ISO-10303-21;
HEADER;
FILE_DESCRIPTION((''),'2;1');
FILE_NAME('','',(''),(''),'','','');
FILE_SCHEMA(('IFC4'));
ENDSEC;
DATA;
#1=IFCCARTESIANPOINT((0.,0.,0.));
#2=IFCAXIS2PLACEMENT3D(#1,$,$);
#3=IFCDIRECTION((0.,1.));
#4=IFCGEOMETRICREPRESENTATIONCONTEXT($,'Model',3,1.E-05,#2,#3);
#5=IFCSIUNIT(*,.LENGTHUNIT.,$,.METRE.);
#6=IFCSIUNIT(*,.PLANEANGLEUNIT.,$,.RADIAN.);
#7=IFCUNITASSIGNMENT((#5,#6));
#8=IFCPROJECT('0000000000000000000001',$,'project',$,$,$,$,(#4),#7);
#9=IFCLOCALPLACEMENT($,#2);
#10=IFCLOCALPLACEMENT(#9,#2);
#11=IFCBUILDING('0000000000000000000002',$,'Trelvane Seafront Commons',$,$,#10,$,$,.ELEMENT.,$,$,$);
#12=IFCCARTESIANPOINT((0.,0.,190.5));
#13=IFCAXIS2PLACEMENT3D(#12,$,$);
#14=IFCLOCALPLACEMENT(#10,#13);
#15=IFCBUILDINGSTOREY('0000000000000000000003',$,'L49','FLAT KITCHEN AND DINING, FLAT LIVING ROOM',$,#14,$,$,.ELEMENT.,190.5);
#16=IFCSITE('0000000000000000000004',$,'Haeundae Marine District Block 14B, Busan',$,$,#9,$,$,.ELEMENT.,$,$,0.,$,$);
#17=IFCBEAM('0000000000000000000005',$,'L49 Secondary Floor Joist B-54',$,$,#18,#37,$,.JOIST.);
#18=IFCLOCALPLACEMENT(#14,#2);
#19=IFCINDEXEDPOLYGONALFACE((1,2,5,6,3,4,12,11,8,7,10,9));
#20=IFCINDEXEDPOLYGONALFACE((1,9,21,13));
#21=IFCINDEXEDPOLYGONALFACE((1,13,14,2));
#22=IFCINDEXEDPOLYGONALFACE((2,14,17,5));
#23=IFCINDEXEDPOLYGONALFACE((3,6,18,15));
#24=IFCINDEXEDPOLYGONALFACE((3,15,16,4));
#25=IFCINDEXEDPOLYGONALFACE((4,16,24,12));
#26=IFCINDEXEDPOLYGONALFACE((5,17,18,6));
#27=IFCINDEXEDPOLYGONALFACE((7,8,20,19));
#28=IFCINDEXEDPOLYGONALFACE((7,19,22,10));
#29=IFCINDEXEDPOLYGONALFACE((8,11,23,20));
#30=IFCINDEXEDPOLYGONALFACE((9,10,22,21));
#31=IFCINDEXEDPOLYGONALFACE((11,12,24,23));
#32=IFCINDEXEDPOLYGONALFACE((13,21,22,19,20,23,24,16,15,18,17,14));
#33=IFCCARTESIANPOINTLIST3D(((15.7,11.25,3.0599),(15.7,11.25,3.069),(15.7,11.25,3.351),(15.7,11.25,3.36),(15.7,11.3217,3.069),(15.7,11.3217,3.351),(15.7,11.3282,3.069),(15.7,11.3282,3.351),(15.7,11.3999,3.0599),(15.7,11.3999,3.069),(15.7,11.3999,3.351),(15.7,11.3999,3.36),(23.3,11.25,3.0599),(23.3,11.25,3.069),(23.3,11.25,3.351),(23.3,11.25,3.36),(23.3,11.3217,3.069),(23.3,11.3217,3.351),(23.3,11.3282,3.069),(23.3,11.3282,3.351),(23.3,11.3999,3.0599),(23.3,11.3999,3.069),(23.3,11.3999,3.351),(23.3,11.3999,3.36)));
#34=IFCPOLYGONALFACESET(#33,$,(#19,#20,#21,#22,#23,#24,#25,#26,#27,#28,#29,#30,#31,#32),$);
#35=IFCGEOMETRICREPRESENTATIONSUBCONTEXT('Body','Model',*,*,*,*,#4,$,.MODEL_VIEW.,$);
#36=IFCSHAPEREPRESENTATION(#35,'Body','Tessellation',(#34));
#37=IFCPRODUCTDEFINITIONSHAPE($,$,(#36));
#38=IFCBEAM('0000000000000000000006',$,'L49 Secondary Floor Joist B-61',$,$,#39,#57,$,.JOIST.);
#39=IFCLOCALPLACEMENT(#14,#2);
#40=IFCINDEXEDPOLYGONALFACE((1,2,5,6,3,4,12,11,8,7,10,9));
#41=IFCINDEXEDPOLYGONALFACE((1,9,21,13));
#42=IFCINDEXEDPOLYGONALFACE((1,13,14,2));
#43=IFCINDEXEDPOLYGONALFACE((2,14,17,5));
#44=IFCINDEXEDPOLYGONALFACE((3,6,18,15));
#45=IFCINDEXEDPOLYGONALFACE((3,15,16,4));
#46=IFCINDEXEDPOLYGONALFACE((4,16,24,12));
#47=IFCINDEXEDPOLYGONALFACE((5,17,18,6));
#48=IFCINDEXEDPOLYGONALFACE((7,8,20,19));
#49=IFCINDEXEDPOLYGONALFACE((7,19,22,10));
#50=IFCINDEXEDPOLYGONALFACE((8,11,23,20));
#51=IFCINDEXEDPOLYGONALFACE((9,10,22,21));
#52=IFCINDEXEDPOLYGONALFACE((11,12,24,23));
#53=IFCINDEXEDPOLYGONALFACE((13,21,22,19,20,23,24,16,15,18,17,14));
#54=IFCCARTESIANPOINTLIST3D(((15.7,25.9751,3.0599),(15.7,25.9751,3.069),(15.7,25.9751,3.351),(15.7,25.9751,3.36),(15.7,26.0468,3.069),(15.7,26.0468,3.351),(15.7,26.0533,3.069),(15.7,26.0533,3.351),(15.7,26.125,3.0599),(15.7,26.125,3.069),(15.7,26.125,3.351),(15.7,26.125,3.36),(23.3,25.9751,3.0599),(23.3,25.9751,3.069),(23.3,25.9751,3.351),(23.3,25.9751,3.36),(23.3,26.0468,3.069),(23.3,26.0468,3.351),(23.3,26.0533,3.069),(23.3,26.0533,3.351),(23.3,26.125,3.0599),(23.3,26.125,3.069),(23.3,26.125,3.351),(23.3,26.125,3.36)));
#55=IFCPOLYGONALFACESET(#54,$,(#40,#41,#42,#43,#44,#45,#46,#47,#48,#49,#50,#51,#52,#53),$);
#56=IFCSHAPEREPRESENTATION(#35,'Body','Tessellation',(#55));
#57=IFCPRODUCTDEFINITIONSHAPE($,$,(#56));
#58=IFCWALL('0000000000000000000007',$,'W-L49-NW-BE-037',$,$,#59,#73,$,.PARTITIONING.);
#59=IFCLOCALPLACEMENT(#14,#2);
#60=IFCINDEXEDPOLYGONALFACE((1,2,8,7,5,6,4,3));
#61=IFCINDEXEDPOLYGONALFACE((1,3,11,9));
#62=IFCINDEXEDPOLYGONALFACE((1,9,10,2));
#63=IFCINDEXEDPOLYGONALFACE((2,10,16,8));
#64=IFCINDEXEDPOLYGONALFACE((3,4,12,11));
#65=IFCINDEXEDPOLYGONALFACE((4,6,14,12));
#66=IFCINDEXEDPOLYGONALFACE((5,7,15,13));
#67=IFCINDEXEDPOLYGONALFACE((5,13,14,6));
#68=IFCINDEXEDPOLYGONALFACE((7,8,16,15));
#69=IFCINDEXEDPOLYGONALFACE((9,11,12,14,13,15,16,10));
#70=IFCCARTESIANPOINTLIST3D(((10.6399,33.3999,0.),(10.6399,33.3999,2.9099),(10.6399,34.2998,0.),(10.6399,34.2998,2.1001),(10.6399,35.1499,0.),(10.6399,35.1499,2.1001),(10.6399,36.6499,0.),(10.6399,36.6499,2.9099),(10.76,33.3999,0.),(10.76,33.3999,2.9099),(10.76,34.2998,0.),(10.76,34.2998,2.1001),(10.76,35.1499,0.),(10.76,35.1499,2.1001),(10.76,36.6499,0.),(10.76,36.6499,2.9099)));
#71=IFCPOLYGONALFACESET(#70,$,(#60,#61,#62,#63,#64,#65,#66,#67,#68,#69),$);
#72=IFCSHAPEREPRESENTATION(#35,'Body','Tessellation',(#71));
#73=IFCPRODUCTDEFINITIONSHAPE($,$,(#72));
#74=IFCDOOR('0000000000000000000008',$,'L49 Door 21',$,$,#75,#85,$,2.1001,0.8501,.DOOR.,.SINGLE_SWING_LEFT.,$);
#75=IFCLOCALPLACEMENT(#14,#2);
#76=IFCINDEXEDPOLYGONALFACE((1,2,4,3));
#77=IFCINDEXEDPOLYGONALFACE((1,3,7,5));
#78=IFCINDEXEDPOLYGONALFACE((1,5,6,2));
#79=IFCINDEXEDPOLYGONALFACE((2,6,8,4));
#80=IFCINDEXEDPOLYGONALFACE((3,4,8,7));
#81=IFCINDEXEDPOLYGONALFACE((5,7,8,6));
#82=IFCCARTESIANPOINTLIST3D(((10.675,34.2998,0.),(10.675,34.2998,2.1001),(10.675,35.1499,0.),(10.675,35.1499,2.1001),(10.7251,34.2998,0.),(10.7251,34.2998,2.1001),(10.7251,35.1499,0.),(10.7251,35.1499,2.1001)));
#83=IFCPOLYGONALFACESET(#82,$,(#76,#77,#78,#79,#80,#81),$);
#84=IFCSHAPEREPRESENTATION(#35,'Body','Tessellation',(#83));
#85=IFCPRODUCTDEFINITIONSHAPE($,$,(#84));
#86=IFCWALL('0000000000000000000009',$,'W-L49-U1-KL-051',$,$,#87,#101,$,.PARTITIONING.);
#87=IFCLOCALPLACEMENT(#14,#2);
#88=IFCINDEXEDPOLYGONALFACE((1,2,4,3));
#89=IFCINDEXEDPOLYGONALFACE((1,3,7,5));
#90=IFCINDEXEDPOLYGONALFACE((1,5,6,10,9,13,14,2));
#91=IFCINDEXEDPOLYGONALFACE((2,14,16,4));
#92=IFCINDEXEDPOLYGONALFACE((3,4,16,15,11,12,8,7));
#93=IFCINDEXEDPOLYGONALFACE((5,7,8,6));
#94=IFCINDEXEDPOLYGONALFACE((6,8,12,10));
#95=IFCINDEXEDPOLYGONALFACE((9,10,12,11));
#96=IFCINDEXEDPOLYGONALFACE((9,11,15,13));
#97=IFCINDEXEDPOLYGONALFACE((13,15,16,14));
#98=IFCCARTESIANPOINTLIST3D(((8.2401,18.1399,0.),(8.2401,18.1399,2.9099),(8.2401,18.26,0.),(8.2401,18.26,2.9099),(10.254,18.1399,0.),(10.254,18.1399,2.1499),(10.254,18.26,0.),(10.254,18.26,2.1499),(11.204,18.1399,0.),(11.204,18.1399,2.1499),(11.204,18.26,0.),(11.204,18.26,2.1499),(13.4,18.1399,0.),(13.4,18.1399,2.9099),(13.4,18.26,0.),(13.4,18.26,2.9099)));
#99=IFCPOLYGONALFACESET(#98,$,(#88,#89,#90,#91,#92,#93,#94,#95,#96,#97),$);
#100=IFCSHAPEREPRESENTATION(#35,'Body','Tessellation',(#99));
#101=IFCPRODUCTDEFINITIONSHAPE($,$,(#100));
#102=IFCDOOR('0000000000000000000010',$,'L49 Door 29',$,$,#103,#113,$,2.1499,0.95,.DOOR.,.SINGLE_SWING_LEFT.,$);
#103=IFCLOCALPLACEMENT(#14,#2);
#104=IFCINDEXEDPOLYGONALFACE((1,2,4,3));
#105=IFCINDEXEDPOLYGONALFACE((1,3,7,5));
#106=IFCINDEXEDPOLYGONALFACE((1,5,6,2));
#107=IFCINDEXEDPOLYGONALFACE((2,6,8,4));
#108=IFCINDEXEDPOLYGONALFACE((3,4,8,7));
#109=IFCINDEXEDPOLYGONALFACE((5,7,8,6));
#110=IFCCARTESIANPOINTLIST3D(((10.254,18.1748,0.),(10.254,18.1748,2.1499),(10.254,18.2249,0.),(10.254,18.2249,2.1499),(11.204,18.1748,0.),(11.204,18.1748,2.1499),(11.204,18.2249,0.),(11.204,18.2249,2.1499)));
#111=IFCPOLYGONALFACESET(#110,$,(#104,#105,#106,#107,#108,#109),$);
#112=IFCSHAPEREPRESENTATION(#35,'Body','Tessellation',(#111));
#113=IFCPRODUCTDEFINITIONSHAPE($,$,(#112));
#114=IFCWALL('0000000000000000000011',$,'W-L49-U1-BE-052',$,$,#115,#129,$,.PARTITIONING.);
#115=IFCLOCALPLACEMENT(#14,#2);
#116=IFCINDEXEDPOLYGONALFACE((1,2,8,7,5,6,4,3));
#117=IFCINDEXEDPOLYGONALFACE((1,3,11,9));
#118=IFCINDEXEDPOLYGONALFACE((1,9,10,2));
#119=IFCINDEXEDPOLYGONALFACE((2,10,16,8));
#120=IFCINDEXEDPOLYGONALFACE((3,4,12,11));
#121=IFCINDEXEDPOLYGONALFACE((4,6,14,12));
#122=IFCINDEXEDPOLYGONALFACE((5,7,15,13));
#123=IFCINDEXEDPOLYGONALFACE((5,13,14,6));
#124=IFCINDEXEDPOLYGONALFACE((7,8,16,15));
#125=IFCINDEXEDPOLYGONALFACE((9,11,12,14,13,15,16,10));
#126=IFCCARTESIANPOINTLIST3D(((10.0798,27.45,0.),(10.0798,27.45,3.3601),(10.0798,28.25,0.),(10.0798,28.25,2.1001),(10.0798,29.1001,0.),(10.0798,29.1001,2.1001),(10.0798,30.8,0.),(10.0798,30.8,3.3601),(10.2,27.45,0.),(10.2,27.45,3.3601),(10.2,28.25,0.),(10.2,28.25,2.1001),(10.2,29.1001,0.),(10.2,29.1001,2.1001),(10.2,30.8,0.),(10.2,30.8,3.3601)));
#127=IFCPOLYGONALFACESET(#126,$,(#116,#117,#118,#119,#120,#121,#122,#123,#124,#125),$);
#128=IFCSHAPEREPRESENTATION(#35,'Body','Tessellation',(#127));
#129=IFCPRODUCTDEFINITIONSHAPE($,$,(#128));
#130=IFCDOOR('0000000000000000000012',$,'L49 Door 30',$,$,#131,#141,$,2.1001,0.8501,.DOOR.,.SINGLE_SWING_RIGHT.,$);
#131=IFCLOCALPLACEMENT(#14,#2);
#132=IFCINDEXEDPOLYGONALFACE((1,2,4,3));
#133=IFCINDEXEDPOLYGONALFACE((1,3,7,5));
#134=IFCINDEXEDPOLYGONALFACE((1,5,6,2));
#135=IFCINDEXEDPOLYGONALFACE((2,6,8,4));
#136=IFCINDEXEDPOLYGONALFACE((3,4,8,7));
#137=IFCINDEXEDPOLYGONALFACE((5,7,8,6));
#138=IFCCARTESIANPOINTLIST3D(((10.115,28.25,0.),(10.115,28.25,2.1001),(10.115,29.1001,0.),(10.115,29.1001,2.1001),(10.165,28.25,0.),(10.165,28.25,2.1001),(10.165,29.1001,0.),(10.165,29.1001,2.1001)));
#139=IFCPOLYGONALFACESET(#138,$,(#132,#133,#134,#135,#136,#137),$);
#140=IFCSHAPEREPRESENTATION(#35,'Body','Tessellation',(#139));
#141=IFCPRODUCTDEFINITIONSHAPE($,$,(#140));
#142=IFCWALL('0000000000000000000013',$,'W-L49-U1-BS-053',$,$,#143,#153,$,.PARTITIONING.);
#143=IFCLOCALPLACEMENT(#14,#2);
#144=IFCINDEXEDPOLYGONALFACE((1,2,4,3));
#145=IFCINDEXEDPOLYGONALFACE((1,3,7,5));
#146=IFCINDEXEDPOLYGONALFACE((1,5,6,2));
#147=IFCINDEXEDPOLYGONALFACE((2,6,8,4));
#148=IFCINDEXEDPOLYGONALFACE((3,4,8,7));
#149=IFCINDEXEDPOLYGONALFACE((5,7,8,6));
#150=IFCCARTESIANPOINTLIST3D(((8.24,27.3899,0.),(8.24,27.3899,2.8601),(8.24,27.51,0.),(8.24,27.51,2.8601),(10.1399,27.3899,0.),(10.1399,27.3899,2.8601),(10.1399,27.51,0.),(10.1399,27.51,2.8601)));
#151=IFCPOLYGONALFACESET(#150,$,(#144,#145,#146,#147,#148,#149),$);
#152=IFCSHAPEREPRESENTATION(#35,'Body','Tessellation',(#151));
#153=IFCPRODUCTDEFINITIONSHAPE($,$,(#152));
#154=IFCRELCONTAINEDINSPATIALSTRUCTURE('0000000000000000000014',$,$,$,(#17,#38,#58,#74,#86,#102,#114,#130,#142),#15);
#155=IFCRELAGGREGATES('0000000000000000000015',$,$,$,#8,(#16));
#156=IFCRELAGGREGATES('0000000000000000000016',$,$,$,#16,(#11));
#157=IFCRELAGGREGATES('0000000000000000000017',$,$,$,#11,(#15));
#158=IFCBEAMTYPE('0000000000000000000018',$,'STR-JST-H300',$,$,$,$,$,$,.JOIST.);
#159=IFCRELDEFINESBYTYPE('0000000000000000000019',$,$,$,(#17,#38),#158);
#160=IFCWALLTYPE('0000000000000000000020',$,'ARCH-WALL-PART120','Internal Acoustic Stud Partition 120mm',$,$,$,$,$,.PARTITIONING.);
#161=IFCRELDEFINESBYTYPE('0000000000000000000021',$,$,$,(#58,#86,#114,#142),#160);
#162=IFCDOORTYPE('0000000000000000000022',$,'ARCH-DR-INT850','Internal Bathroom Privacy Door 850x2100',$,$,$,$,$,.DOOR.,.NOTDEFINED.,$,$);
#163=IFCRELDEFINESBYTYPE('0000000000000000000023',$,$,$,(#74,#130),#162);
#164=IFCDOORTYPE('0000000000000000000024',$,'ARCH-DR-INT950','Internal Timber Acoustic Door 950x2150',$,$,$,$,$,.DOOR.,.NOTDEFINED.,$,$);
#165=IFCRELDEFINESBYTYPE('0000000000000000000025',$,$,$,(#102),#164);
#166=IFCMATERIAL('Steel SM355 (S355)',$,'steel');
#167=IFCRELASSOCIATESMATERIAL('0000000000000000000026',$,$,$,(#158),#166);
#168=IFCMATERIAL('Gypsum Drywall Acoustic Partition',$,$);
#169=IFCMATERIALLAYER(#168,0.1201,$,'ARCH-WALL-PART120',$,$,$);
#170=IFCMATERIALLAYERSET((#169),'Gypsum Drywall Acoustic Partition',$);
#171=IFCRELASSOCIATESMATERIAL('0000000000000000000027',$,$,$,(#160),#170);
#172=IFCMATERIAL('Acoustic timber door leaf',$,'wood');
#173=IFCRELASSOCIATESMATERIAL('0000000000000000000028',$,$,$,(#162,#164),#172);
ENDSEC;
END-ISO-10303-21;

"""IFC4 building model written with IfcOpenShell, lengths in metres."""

from ifc_helpers import new_model, si_unit, direction, frame, frame_2d, origin, origin_2d, place, context, subcontext, project, spatial, rectangle, i_section, extrude, source, transform, mapped, material, layer, layer_set, material_profile, profile_set, type_object, element, fill, save


model = new_model("IFC4")

# Units and contexts
model_context = context("Model", 3, precision=1e-05, world=origin(), true_north=direction((0.0, 1.0)))
body_context = subcontext(model_context, "Body", "Model", "MODEL_VIEW")
ifc_project = project(units=[si_unit("LENGTHUNIT", "METRE"), si_unit("PLANEANGLEUNIT", "RADIAN")], contexts=[model_context])

# Site, building, storey
site_placement = place(None, origin())
site = spatial("IfcSite", under=ifc_project, at=site_placement, Name="Haeundae Marine District Block 14B, Busan", CompositionType="ELEMENT", RefElevation=0.0)
building_placement = place(site_placement, origin())
building = spatial("IfcBuilding", under=site, at=building_placement, Name="Trelvane Seafront Commons", CompositionType="ELEMENT")
storey_placement = place(building_placement, frame((0.0, 0.0, 190.5)))
storey = spatial("IfcBuildingStorey", under=building, at=storey_placement, Name="L49", Description="FLAT KITCHEN AND DINING, FLAT LIVING ROOM", CompositionType="ELEMENT", Elevation=190.5)

# Shared definitions
ifc_material_1 = material(Name="Steel SM355 (S355)", Category="steel")

# Beams
ifc_material_profile_1 = material_profile(ifc_material_1, i_section(OverallWidth=0.1499, OverallDepth=0.3, WebThickness=0.0066, FlangeThickness=0.009, at=origin_2d()), Name="H-300x150x6.5x9")
ifc_profile_set_1 = profile_set([ifc_material_profile_1], Name="Steel SM355 (S355)")
beam_type_1 = type_object("IfcBeamType", Name="STR-JST-H300", PredefinedType="JOIST", material=ifc_profile_set_1)
shared_shape_1 = source(origin(), body_context, "Body", "SweptSolid", [
    extrude(i_section(OverallWidth=0.1499, OverallDepth=0.3, WebThickness=0.0066, FlangeThickness=0.009, at=origin_2d()), origin(), (0.0, 0.0, 1.0), 7.6001),
])
for number, where, z_axis, x_axis, name in (
    (1, (15.7, 11.325, 3.21), (1.0, 0.0, 0.0), (0.0, 1.0, 0.0), "L49 Secondary Floor Joist B-54"),
    (2, (15.7, 26.05, 3.21), (1.0, 0.0, 0.0), (0.0, 1.0, 0.0), "L49 Secondary Floor Joist B-61"),
):
    element("IfcBeam", number, at=place(storey_placement, frame(where, z_axis=z_axis, x_axis=x_axis)), inside=storey, type_object=beam_type_1, Name=name, PredefinedType="JOIST", context=body_context, shape_type="MappedRepresentation", body=[
        mapped(shared_shape_1, transform((0.0, 0.0, 0.0), x_axis=(1.0, 0.0, 0.0), y_axis=(0.0, 1.0, 0.0), z_axis=(0.0, 0.0, 1.0), scale=1.0)),
    ])

# Walls, openings, doors
ifc_material_2 = material(Name="Gypsum Drywall Acoustic Partition")
ifc_layer_1 = layer(ifc_material_2, 0.1201, Name="ARCH-WALL-PART120")
ifc_layer_set_1 = layer_set([ifc_layer_1], Name="Gypsum Drywall Acoustic Partition")
wall_type_1 = type_object("IfcWallType", Name="ARCH-WALL-PART120", Description="Internal Acoustic Stud Partition 120mm", PredefinedType="PARTITIONING", material=ifc_layer_set_1)
wall_1_placement = place(storey_placement, frame((10.7, 33.3999, 0.0), z_axis=(0.0, 0.0, 1.0), x_axis=(0.0, 1.0, 0.0)))
wall_1 = element("IfcWall", 3, at=wall_1_placement, inside=storey, type_object=wall_type_1, Name="W-L49-NW-BE-037", PredefinedType="PARTITIONING", context=body_context, shape_type="SweptSolid", body=[
    extrude(rectangle(XDim=3.25, YDim=0.1201, at=frame_2d((1.625, 0.0))), origin(), (0.0, 0.0, 1.0), 2.9099),
])
opening_1_placement = place(wall_1_placement, frame((0.8999, 0.0, 0.0)))
opening_1 = element("IfcOpeningElement", 4, at=opening_1_placement, cuts=wall_1, PredefinedType="OPENING", context=body_context, shape_type="SweptSolid", body=[
    extrude(rectangle(XDim=0.8501, YDim=2.1001, at=frame_2d((0.425, 1.05))), frame((0.0, 0.0701, 0.0), z_axis=(0.0, -1.0, 0.0), x_axis=(1.0, 0.0, 0.0)), (0.0, 0.0, 1.0), 0.1401),
])
ifc_material_3 = material(Name="Acoustic timber door leaf", Category="wood")
door_type_1 = type_object("IfcDoorType", Name="ARCH-DR-INT850", Description="Internal Bathroom Privacy Door 850x2100", OperationType="NOTDEFINED", PredefinedType="DOOR", material=ifc_material_3)
shared_shape_2 = source(origin(), body_context, "Body", "SweptSolid", [
    extrude(rectangle(XDim=0.8501, YDim=2.1001, at=frame_2d((0.425, 1.05))), frame((0.0, 0.0249, 0.0), z_axis=(0.0, -1.0, 0.0), x_axis=(1.0, 0.0, 0.0)), (0.0, 0.0, 1.0), 0.05),
])
door_1_placement = place(opening_1_placement, origin())
door_1 = element("IfcDoor", 5, at=door_1_placement, inside=storey, type_object=door_type_1, Name="L49 Door 21", OperationType="SINGLE_SWING_LEFT", OverallHeight=2.1001, OverallWidth=0.8501, PredefinedType="DOOR", context=body_context, shape_type="MappedRepresentation", body=[
    mapped(shared_shape_2, transform((0.0, 0.0, 0.0), x_axis=(1.0, 0.0, 0.0), y_axis=(0.0, 1.0, 0.0), z_axis=(0.0, 0.0, 1.0), scale=1.0)),
])
fill(opening_1, door_1)
wall_2_placement = place(storey_placement, frame((8.24, 18.2, 0.0), z_axis=(0.0, 0.0, 1.0), x_axis=(1.0, 0.0, 0.0)))
wall_2 = element("IfcWall", 6, at=wall_2_placement, inside=storey, type_object=wall_type_1, Name="W-L49-U1-KL-051", PredefinedType="PARTITIONING", context=body_context, shape_type="SweptSolid", body=[
    extrude(rectangle(XDim=5.1599, YDim=0.1201, at=frame_2d((2.5801, 0.0))), origin(), (0.0, 0.0, 1.0), 2.9099),
])
opening_2_placement = place(wall_2_placement, frame((2.0139, 0.0, 0.0)))
opening_2 = element("IfcOpeningElement", 7, at=opening_2_placement, cuts=wall_2, PredefinedType="OPENING", context=body_context, shape_type="SweptSolid", body=[
    extrude(rectangle(XDim=0.95, YDim=2.1499, at=frame_2d((0.4751, 1.075))), frame((0.0, 0.0701, 0.0), z_axis=(0.0, -1.0, 0.0), x_axis=(1.0, 0.0, 0.0)), (0.0, 0.0, 1.0), 0.1401),
])
door_type_2 = type_object("IfcDoorType", Name="ARCH-DR-INT950", Description="Internal Timber Acoustic Door 950x2150", OperationType="NOTDEFINED", PredefinedType="DOOR", material=ifc_material_3)
shared_shape_3 = source(origin(), body_context, "Body", "SweptSolid", [
    extrude(rectangle(XDim=0.95, YDim=2.1499, at=frame_2d((0.4751, 1.075))), frame((0.0, 0.0249, 0.0), z_axis=(0.0, -1.0, 0.0), x_axis=(1.0, 0.0, 0.0)), (0.0, 0.0, 1.0), 0.05),
])
door_2_placement = place(opening_2_placement, origin())
door_2 = element("IfcDoor", 8, at=door_2_placement, inside=storey, type_object=door_type_2, Name="L49 Door 29", OperationType="SINGLE_SWING_LEFT", OverallHeight=2.1499, OverallWidth=0.95, PredefinedType="DOOR", context=body_context, shape_type="MappedRepresentation", body=[
    mapped(shared_shape_3, transform((0.0, 0.0, 0.0), x_axis=(1.0, 0.0, 0.0), y_axis=(0.0, 1.0, 0.0), z_axis=(0.0, 0.0, 1.0), scale=1.0)),
])
fill(opening_2, door_2)
wall_3_placement = place(storey_placement, frame((10.1399, 27.45, 0.0), z_axis=(0.0, 0.0, 1.0), x_axis=(0.0, 1.0, 0.0)))
wall_3 = element("IfcWall", 9, at=wall_3_placement, inside=storey, type_object=wall_type_1, Name="W-L49-U1-BE-052", PredefinedType="PARTITIONING", context=body_context, shape_type="SweptSolid", body=[
    extrude(rectangle(XDim=3.3501, YDim=0.1201, at=frame_2d((1.675, 0.0))), origin(), (0.0, 0.0, 1.0), 3.3601),
])
opening_3_placement = place(wall_3_placement, frame((0.8, 0.0, 0.0)))
opening_3 = element("IfcOpeningElement", 10, at=opening_3_placement, cuts=wall_3, PredefinedType="OPENING", context=body_context, shape_type="SweptSolid", body=[
    extrude(rectangle(XDim=0.8501, YDim=2.1001, at=frame_2d((0.425, 1.05))), frame((0.0, 0.0701, 0.0), z_axis=(0.0, -1.0, 0.0), x_axis=(1.0, 0.0, 0.0)), (0.0, 0.0, 1.0), 0.1401),
])
door_3_placement = place(opening_3_placement, origin())
door_3 = element("IfcDoor", 11, at=door_3_placement, inside=storey, type_object=door_type_1, Name="L49 Door 30", OperationType="SINGLE_SWING_RIGHT", OverallHeight=2.1001, OverallWidth=0.8501, PredefinedType="DOOR", context=body_context, shape_type="MappedRepresentation", body=[
    mapped(shared_shape_2, transform((0.0, 0.0, 0.0), x_axis=(1.0, 0.0, 0.0), y_axis=(0.0, 1.0, 0.0), z_axis=(0.0, 0.0, 1.0), scale=1.0)),
])
fill(opening_3, door_3)

# Wall
wall_4_placement = place(storey_placement, frame((8.24, 27.45, 0.0), z_axis=(0.0, 0.0, 1.0), x_axis=(1.0, 0.0, 0.0)))
element("IfcWall", 12, at=wall_4_placement, inside=storey, type_object=wall_type_1, Name="W-L49-U1-BS-053", PredefinedType="PARTITIONING", context=body_context, shape_type="SweptSolid", body=[
    extrude(rectangle(XDim=1.8999, YDim=0.1201, at=frame_2d((0.95, 0.0))), origin(), (0.0, 0.0, 1.0), 2.8601),
])

save(model, "model.ifc")
